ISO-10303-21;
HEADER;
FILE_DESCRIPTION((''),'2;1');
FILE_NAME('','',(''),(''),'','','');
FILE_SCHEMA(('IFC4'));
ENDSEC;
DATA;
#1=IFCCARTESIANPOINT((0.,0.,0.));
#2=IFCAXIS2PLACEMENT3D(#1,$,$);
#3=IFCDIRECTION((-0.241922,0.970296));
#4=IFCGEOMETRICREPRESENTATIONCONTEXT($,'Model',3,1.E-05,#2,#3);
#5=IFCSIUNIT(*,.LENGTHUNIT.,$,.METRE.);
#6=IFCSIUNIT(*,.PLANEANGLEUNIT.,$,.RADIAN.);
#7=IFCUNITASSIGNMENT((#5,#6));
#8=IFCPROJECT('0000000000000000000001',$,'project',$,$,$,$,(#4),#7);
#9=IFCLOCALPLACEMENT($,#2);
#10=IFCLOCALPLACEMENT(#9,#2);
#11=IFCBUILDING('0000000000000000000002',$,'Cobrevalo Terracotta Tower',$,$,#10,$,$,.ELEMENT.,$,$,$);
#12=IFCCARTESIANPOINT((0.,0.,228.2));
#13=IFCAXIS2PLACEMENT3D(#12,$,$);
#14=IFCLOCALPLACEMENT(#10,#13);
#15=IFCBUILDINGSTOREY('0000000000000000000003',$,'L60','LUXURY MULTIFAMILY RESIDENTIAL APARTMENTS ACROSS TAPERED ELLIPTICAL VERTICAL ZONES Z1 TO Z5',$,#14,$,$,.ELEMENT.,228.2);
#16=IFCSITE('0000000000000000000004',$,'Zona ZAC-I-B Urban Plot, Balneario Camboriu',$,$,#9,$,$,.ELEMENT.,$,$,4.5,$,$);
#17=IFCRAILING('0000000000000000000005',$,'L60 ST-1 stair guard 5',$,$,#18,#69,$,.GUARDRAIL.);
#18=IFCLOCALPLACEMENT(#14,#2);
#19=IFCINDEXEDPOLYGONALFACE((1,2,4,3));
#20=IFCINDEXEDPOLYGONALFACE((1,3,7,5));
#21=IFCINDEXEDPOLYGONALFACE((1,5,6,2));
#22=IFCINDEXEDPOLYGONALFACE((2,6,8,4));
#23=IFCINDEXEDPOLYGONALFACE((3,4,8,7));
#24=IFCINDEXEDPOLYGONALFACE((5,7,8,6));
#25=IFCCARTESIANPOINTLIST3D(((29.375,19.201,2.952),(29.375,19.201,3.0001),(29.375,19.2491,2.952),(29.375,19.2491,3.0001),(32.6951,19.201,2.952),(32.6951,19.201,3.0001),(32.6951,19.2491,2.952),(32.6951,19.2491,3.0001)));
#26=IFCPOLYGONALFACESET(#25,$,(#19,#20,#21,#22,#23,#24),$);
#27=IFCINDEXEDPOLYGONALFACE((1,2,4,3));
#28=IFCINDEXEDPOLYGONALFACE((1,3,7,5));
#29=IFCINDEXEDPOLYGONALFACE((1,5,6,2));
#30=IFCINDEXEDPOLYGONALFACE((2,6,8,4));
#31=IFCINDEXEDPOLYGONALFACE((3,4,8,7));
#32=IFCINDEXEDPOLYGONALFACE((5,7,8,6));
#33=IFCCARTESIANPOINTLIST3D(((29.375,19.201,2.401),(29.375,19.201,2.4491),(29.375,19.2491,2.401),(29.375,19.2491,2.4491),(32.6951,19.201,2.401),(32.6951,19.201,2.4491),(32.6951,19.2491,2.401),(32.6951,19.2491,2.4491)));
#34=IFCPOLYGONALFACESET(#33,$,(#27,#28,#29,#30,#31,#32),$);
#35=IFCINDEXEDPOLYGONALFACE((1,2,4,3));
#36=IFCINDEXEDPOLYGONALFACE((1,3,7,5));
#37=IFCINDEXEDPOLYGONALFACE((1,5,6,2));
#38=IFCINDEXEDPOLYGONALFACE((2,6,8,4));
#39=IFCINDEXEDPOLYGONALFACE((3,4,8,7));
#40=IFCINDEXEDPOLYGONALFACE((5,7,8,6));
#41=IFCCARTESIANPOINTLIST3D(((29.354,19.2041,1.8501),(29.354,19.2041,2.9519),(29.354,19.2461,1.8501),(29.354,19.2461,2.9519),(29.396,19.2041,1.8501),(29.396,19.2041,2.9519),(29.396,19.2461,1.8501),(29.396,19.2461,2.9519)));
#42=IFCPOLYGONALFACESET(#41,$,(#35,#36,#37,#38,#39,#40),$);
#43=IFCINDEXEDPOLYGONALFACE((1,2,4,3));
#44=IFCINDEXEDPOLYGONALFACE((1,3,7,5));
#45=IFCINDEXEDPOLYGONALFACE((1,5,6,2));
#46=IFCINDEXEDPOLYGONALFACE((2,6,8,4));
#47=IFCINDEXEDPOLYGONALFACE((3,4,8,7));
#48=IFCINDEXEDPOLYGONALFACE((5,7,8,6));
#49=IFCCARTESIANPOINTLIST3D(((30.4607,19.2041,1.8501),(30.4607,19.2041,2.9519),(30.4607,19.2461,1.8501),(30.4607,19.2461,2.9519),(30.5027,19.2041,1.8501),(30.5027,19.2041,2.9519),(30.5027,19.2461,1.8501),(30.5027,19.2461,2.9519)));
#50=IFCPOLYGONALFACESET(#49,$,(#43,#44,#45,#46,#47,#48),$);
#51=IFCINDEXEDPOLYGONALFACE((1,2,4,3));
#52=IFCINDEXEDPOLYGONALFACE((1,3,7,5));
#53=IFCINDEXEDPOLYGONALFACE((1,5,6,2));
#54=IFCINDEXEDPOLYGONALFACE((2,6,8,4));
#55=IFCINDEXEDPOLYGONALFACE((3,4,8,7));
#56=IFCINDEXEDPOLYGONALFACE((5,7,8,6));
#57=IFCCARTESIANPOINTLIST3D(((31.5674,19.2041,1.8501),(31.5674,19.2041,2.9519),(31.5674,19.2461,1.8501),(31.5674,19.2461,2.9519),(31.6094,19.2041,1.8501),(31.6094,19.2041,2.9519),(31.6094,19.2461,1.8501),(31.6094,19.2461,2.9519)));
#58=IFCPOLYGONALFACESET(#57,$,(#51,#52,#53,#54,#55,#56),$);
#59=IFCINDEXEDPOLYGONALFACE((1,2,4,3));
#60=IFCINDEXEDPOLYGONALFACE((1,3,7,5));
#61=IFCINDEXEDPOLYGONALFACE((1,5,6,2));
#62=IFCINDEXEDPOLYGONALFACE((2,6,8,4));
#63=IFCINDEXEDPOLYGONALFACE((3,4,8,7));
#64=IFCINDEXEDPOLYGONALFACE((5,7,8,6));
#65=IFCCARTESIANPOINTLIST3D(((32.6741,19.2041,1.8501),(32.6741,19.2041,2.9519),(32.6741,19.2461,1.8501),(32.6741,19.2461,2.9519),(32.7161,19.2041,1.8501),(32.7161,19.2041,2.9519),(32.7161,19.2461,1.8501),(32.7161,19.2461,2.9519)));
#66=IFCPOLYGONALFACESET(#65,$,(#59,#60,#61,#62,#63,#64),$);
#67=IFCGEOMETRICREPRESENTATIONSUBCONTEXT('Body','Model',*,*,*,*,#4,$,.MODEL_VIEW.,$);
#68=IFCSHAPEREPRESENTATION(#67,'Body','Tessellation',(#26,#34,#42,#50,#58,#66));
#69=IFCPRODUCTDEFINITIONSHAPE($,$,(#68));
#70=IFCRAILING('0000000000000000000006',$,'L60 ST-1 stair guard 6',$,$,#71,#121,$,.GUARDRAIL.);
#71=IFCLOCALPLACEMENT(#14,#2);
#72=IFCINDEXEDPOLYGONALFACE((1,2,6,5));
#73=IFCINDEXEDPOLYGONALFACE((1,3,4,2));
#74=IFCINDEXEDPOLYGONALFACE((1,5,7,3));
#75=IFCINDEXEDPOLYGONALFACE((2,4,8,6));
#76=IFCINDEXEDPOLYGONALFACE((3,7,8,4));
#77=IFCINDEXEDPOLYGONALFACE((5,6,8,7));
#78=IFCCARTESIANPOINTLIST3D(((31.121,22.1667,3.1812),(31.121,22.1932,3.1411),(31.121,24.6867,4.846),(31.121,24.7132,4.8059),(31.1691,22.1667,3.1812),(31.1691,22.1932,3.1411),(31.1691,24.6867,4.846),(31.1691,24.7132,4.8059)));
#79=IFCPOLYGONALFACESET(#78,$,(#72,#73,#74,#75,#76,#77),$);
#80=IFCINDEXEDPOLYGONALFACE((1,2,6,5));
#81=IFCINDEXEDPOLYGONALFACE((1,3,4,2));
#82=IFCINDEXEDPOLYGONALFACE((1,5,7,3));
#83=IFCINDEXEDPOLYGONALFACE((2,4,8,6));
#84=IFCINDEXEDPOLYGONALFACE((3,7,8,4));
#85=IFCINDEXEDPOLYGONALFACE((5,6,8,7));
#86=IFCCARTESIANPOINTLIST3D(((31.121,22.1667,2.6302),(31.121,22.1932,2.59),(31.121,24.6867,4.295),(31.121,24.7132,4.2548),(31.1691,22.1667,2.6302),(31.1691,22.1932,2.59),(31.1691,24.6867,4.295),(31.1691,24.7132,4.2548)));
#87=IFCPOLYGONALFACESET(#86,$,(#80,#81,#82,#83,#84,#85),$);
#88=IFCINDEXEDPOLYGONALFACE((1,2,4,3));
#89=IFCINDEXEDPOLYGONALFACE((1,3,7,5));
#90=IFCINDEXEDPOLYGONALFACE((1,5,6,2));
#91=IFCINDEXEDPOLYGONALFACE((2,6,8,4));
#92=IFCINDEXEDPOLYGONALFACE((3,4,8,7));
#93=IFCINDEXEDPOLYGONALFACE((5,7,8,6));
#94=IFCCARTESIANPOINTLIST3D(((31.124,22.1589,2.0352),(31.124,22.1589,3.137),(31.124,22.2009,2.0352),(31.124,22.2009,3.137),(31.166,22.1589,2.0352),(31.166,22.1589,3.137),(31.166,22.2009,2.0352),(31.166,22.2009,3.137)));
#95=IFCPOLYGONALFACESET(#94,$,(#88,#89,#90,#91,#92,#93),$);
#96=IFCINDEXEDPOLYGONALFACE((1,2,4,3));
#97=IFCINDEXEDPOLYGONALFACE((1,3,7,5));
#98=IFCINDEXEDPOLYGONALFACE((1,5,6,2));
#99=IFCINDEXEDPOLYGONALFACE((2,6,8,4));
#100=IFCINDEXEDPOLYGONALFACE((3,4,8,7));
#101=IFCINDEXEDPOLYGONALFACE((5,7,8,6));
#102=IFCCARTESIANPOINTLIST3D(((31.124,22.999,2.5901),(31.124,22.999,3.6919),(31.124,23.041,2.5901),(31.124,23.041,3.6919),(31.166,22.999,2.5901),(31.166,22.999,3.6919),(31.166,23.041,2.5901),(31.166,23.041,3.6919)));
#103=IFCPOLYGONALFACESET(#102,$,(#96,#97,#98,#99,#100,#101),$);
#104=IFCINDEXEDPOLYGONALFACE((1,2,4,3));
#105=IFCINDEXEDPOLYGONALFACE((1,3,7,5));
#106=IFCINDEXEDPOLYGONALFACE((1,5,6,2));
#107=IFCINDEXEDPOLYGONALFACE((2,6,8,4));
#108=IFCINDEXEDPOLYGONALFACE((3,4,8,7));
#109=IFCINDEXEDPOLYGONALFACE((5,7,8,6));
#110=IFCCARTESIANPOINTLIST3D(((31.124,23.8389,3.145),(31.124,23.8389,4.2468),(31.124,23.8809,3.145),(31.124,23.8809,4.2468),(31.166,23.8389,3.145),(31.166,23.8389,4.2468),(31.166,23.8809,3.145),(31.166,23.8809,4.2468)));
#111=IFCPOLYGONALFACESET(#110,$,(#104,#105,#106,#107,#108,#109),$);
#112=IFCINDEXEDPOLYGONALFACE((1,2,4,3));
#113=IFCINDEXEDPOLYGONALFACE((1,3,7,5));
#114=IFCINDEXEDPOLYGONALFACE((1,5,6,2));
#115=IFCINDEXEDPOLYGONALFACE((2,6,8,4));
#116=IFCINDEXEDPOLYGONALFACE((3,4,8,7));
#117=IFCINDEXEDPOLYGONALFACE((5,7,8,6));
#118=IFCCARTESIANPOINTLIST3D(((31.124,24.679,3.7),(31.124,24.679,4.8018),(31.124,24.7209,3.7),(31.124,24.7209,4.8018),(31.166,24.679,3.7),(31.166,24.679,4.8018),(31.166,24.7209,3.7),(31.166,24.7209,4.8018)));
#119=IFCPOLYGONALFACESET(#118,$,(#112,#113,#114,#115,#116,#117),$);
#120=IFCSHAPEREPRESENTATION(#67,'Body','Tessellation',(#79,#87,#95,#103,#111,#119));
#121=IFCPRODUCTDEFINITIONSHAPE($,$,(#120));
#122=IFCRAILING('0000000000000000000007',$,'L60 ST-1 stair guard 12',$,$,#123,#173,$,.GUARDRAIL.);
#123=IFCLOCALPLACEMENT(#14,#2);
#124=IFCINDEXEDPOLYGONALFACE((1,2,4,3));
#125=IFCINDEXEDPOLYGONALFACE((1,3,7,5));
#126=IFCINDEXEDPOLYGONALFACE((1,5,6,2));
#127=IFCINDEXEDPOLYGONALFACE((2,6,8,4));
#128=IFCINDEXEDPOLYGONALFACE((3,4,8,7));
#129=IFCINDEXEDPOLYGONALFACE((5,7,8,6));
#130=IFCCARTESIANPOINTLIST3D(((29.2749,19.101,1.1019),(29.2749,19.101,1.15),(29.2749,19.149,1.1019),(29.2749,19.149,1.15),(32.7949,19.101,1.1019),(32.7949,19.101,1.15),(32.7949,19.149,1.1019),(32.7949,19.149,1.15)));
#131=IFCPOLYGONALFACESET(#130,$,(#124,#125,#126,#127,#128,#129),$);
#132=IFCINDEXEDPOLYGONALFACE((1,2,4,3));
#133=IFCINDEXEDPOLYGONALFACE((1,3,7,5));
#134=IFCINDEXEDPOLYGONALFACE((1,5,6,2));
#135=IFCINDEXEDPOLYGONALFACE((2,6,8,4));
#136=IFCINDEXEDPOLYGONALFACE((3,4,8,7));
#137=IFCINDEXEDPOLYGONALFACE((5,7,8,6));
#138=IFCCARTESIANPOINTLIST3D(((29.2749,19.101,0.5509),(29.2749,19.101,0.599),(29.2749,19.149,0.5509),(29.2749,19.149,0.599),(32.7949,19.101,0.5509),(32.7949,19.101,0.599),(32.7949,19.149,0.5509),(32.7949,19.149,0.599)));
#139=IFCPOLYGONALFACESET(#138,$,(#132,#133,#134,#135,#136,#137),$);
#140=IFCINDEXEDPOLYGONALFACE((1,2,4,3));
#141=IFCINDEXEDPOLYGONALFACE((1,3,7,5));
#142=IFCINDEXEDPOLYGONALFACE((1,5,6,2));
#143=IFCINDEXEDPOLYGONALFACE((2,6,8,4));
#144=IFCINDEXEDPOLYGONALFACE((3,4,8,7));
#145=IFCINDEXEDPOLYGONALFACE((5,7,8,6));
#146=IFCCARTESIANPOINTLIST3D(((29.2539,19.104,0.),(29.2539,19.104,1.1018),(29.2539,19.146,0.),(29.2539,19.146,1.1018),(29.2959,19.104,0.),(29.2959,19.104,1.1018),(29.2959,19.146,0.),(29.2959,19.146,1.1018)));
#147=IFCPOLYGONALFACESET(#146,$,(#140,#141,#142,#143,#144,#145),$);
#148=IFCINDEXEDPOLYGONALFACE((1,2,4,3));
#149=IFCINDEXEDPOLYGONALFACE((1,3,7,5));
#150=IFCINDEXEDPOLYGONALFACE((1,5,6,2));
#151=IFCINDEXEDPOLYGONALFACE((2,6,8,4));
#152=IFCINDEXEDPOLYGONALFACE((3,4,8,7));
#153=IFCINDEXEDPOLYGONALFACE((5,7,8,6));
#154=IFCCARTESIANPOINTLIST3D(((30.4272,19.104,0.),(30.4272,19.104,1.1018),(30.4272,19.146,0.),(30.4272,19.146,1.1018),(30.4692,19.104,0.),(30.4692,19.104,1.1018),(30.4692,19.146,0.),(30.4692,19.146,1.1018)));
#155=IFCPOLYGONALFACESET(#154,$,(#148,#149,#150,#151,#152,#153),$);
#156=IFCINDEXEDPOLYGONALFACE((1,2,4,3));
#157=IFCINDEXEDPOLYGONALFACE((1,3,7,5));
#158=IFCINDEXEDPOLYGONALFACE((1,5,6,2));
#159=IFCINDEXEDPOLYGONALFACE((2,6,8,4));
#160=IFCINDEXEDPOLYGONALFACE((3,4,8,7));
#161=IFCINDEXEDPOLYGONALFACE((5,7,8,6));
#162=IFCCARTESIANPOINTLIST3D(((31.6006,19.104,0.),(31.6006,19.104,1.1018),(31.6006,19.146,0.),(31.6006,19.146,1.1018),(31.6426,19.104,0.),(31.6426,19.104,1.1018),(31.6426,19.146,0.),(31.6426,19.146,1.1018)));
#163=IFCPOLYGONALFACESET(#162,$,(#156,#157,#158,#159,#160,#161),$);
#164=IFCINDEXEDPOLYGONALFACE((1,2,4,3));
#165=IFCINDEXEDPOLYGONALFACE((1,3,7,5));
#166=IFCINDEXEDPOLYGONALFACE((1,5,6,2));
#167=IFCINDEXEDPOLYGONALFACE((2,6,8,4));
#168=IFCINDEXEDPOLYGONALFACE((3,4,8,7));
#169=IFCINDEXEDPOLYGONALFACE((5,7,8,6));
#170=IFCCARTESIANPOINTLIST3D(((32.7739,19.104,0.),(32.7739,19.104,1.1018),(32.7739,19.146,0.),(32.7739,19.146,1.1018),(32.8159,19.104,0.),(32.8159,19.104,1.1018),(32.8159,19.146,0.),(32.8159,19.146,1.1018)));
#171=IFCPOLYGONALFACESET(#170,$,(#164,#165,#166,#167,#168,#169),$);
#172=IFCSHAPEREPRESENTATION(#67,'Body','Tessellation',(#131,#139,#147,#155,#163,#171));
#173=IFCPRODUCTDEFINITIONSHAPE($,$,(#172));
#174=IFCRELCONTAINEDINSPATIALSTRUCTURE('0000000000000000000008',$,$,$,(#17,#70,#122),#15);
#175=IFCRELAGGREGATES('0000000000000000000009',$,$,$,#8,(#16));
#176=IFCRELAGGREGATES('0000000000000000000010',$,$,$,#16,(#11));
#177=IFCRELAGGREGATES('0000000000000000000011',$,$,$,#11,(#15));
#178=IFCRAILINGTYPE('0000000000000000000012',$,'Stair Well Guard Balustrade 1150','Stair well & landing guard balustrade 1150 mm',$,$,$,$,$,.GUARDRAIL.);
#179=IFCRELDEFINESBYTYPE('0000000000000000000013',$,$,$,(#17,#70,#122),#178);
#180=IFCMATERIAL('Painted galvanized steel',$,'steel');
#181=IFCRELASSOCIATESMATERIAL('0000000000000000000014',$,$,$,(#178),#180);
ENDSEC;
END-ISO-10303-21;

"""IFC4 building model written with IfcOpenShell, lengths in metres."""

from ifc_helpers import new_model, si_unit, direction, frame, origin, origin_2d, place, context, subcontext, project, spatial, rectangle, extrude, material, type_object, element, save


model = new_model("IFC4")

# Units and contexts
model_context = context("Model", 3, precision=1e-05, world=origin(), true_north=direction((-0.241922, 0.970296)))
body_context = subcontext(model_context, "Body", "Model", "MODEL_VIEW")
ifc_project = project(units=[si_unit("LENGTHUNIT", "METRE"), si_unit("PLANEANGLEUNIT", "RADIAN")], contexts=[model_context])

# Site, building, storey
site_placement = place(None, origin())
site = spatial("IfcSite", under=ifc_project, at=site_placement, Name="Zona ZAC-I-B Urban Plot, Balneario Camboriu", CompositionType="ELEMENT", RefElevation=4.5)
building_placement = place(site_placement, origin())
building = spatial("IfcBuilding", under=site, at=building_placement, Name="Cobrevalo Terracotta Tower", CompositionType="ELEMENT")
storey_placement = place(building_placement, frame((0.0, 0.0, 228.2)))
storey = spatial("IfcBuildingStorey", under=building, at=storey_placement, Name="L60", Description="LUXURY MULTIFAMILY RESIDENTIAL APARTMENTS ACROSS TAPERED ELLIPTICAL VERTICAL ZONES Z1 TO Z5", CompositionType="ELEMENT", Elevation=228.2)

# Railings
ifc_material_1 = material(Name="Painted galvanized steel", Category="steel")
railing_type_1 = type_object("IfcRailingType", Name="Stair Well Guard Balustrade 1150", Description="Stair well & landing guard balustrade 1150 mm", PredefinedType="GUARDRAIL", material=ifc_material_1)
railing_1_placement = place(storey_placement, frame((29.375, 19.2251, 1.8501)))
element("IfcRailing", 1, at=railing_1_placement, inside=storey, type_object=railing_type_1, Name="L60 ST-1 stair guard 5", PredefinedType="GUARDRAIL", context=body_context, shape_type="SweptSolid", body=[
    extrude(rectangle(XDim=0.0481, YDim=0.0481, at=origin_2d()), frame((0.0, 0.0, 1.126), z_axis=(1.0, 0.0, 0.0), x_axis=(0.0, 1.0, 0.0)), (0.0, 0.0, 1.0), 3.3201),
    extrude(rectangle(XDim=0.0481, YDim=0.0481, at=origin_2d()), frame((0.0, 0.0, 0.575), z_axis=(1.0, 0.0, 0.0), x_axis=(0.0, 1.0, 0.0)), (0.0, 0.0, 1.0), 3.3201),
    extrude(rectangle(XDim=0.042, YDim=0.042, at=origin_2d()), origin(), (0.0, 0.0, 1.0), 1.1018),
    extrude(rectangle(XDim=0.042, YDim=0.042, at=origin_2d()), frame((1.1067, 0.0, 0.0)), (0.0, 0.0, 1.0), 1.1018),
    extrude(rectangle(XDim=0.042, YDim=0.042, at=origin_2d()), frame((2.2134, 0.0, 0.0)), (0.0, 0.0, 1.0), 1.1018),
    extrude(rectangle(XDim=0.042, YDim=0.042, at=origin_2d()), frame((3.3201, 0.0, 0.0)), (0.0, 0.0, 1.0), 1.1018),
])
railing_2_placement = place(storey_placement, frame((31.145, 22.1799, 2.0352)))
element("IfcRailing", 2, at=railing_2_placement, inside=storey, type_object=railing_type_1, Name="L60 ST-1 stair guard 6", PredefinedType="GUARDRAIL", context=body_context, shape_type="SweptSolid", body=[
    extrude(rectangle(XDim=0.0481, YDim=0.0481, at=origin_2d()), frame((0.0, 0.0, 1.126), z_axis=(0.0, 0.834369, 0.551207), x_axis=(-1.0, 0.0, 0.0)), (0.0, 0.0, 1.0), 3.0203),
    extrude(rectangle(XDim=0.0481, YDim=0.0481, at=origin_2d()), frame((0.0, 0.0, 0.575), z_axis=(0.0, 0.834369, 0.551207), x_axis=(-1.0, 0.0, 0.0)), (0.0, 0.0, 1.0), 3.0203),
    extrude(rectangle(XDim=0.042, YDim=0.042, at=origin_2d()), origin(), (0.0, 0.0, 1.0), 1.1018),
    extrude(rectangle(XDim=0.042, YDim=0.042, at=origin_2d()), frame((0.0, 0.8401, 0.5549)), (0.0, 0.0, 1.0), 1.1018),
    extrude(rectangle(XDim=0.042, YDim=0.042, at=origin_2d()), frame((0.0, 1.6799, 1.1099)), (0.0, 0.0, 1.0), 1.1018),
    extrude(rectangle(XDim=0.042, YDim=0.042, at=origin_2d()), frame((0.0, 2.52, 1.6648)), (0.0, 0.0, 1.0), 1.1018),
])
railing_3_placement = place(storey_placement, frame((29.2749, 19.125, 0.0)))
element("IfcRailing", 3, at=railing_3_placement, inside=storey, type_object=railing_type_1, Name="L60 ST-1 stair guard 12", PredefinedType="GUARDRAIL", context=body_context, shape_type="SweptSolid", body=[
    extrude(rectangle(XDim=0.0481, YDim=0.0481, at=origin_2d()), frame((0.0, 0.0, 1.126), z_axis=(1.0, 0.0, 0.0), x_axis=(0.0, 1.0, 0.0)), (0.0, 0.0, 1.0), 3.52),
    extrude(rectangle(XDim=0.0481, YDim=0.0481, at=origin_2d()), frame((0.0, 0.0, 0.575), z_axis=(1.0, 0.0, 0.0), x_axis=(0.0, 1.0, 0.0)), (0.0, 0.0, 1.0), 3.52),
    extrude(rectangle(XDim=0.042, YDim=0.042, at=origin_2d()), origin(), (0.0, 0.0, 1.0), 1.1018),
    extrude(rectangle(XDim=0.042, YDim=0.042, at=origin_2d()), frame((1.1733, 0.0, 0.0)), (0.0, 0.0, 1.0), 1.1018),
    extrude(rectangle(XDim=0.042, YDim=0.042, at=origin_2d()), frame((2.3467, 0.0, 0.0)), (0.0, 0.0, 1.0), 1.1018),
    extrude(rectangle(XDim=0.042, YDim=0.042, at=origin_2d()), frame((3.52, 0.0, 0.0)), (0.0, 0.0, 1.0), 1.1018),
])

save(model, "model.ifc")
